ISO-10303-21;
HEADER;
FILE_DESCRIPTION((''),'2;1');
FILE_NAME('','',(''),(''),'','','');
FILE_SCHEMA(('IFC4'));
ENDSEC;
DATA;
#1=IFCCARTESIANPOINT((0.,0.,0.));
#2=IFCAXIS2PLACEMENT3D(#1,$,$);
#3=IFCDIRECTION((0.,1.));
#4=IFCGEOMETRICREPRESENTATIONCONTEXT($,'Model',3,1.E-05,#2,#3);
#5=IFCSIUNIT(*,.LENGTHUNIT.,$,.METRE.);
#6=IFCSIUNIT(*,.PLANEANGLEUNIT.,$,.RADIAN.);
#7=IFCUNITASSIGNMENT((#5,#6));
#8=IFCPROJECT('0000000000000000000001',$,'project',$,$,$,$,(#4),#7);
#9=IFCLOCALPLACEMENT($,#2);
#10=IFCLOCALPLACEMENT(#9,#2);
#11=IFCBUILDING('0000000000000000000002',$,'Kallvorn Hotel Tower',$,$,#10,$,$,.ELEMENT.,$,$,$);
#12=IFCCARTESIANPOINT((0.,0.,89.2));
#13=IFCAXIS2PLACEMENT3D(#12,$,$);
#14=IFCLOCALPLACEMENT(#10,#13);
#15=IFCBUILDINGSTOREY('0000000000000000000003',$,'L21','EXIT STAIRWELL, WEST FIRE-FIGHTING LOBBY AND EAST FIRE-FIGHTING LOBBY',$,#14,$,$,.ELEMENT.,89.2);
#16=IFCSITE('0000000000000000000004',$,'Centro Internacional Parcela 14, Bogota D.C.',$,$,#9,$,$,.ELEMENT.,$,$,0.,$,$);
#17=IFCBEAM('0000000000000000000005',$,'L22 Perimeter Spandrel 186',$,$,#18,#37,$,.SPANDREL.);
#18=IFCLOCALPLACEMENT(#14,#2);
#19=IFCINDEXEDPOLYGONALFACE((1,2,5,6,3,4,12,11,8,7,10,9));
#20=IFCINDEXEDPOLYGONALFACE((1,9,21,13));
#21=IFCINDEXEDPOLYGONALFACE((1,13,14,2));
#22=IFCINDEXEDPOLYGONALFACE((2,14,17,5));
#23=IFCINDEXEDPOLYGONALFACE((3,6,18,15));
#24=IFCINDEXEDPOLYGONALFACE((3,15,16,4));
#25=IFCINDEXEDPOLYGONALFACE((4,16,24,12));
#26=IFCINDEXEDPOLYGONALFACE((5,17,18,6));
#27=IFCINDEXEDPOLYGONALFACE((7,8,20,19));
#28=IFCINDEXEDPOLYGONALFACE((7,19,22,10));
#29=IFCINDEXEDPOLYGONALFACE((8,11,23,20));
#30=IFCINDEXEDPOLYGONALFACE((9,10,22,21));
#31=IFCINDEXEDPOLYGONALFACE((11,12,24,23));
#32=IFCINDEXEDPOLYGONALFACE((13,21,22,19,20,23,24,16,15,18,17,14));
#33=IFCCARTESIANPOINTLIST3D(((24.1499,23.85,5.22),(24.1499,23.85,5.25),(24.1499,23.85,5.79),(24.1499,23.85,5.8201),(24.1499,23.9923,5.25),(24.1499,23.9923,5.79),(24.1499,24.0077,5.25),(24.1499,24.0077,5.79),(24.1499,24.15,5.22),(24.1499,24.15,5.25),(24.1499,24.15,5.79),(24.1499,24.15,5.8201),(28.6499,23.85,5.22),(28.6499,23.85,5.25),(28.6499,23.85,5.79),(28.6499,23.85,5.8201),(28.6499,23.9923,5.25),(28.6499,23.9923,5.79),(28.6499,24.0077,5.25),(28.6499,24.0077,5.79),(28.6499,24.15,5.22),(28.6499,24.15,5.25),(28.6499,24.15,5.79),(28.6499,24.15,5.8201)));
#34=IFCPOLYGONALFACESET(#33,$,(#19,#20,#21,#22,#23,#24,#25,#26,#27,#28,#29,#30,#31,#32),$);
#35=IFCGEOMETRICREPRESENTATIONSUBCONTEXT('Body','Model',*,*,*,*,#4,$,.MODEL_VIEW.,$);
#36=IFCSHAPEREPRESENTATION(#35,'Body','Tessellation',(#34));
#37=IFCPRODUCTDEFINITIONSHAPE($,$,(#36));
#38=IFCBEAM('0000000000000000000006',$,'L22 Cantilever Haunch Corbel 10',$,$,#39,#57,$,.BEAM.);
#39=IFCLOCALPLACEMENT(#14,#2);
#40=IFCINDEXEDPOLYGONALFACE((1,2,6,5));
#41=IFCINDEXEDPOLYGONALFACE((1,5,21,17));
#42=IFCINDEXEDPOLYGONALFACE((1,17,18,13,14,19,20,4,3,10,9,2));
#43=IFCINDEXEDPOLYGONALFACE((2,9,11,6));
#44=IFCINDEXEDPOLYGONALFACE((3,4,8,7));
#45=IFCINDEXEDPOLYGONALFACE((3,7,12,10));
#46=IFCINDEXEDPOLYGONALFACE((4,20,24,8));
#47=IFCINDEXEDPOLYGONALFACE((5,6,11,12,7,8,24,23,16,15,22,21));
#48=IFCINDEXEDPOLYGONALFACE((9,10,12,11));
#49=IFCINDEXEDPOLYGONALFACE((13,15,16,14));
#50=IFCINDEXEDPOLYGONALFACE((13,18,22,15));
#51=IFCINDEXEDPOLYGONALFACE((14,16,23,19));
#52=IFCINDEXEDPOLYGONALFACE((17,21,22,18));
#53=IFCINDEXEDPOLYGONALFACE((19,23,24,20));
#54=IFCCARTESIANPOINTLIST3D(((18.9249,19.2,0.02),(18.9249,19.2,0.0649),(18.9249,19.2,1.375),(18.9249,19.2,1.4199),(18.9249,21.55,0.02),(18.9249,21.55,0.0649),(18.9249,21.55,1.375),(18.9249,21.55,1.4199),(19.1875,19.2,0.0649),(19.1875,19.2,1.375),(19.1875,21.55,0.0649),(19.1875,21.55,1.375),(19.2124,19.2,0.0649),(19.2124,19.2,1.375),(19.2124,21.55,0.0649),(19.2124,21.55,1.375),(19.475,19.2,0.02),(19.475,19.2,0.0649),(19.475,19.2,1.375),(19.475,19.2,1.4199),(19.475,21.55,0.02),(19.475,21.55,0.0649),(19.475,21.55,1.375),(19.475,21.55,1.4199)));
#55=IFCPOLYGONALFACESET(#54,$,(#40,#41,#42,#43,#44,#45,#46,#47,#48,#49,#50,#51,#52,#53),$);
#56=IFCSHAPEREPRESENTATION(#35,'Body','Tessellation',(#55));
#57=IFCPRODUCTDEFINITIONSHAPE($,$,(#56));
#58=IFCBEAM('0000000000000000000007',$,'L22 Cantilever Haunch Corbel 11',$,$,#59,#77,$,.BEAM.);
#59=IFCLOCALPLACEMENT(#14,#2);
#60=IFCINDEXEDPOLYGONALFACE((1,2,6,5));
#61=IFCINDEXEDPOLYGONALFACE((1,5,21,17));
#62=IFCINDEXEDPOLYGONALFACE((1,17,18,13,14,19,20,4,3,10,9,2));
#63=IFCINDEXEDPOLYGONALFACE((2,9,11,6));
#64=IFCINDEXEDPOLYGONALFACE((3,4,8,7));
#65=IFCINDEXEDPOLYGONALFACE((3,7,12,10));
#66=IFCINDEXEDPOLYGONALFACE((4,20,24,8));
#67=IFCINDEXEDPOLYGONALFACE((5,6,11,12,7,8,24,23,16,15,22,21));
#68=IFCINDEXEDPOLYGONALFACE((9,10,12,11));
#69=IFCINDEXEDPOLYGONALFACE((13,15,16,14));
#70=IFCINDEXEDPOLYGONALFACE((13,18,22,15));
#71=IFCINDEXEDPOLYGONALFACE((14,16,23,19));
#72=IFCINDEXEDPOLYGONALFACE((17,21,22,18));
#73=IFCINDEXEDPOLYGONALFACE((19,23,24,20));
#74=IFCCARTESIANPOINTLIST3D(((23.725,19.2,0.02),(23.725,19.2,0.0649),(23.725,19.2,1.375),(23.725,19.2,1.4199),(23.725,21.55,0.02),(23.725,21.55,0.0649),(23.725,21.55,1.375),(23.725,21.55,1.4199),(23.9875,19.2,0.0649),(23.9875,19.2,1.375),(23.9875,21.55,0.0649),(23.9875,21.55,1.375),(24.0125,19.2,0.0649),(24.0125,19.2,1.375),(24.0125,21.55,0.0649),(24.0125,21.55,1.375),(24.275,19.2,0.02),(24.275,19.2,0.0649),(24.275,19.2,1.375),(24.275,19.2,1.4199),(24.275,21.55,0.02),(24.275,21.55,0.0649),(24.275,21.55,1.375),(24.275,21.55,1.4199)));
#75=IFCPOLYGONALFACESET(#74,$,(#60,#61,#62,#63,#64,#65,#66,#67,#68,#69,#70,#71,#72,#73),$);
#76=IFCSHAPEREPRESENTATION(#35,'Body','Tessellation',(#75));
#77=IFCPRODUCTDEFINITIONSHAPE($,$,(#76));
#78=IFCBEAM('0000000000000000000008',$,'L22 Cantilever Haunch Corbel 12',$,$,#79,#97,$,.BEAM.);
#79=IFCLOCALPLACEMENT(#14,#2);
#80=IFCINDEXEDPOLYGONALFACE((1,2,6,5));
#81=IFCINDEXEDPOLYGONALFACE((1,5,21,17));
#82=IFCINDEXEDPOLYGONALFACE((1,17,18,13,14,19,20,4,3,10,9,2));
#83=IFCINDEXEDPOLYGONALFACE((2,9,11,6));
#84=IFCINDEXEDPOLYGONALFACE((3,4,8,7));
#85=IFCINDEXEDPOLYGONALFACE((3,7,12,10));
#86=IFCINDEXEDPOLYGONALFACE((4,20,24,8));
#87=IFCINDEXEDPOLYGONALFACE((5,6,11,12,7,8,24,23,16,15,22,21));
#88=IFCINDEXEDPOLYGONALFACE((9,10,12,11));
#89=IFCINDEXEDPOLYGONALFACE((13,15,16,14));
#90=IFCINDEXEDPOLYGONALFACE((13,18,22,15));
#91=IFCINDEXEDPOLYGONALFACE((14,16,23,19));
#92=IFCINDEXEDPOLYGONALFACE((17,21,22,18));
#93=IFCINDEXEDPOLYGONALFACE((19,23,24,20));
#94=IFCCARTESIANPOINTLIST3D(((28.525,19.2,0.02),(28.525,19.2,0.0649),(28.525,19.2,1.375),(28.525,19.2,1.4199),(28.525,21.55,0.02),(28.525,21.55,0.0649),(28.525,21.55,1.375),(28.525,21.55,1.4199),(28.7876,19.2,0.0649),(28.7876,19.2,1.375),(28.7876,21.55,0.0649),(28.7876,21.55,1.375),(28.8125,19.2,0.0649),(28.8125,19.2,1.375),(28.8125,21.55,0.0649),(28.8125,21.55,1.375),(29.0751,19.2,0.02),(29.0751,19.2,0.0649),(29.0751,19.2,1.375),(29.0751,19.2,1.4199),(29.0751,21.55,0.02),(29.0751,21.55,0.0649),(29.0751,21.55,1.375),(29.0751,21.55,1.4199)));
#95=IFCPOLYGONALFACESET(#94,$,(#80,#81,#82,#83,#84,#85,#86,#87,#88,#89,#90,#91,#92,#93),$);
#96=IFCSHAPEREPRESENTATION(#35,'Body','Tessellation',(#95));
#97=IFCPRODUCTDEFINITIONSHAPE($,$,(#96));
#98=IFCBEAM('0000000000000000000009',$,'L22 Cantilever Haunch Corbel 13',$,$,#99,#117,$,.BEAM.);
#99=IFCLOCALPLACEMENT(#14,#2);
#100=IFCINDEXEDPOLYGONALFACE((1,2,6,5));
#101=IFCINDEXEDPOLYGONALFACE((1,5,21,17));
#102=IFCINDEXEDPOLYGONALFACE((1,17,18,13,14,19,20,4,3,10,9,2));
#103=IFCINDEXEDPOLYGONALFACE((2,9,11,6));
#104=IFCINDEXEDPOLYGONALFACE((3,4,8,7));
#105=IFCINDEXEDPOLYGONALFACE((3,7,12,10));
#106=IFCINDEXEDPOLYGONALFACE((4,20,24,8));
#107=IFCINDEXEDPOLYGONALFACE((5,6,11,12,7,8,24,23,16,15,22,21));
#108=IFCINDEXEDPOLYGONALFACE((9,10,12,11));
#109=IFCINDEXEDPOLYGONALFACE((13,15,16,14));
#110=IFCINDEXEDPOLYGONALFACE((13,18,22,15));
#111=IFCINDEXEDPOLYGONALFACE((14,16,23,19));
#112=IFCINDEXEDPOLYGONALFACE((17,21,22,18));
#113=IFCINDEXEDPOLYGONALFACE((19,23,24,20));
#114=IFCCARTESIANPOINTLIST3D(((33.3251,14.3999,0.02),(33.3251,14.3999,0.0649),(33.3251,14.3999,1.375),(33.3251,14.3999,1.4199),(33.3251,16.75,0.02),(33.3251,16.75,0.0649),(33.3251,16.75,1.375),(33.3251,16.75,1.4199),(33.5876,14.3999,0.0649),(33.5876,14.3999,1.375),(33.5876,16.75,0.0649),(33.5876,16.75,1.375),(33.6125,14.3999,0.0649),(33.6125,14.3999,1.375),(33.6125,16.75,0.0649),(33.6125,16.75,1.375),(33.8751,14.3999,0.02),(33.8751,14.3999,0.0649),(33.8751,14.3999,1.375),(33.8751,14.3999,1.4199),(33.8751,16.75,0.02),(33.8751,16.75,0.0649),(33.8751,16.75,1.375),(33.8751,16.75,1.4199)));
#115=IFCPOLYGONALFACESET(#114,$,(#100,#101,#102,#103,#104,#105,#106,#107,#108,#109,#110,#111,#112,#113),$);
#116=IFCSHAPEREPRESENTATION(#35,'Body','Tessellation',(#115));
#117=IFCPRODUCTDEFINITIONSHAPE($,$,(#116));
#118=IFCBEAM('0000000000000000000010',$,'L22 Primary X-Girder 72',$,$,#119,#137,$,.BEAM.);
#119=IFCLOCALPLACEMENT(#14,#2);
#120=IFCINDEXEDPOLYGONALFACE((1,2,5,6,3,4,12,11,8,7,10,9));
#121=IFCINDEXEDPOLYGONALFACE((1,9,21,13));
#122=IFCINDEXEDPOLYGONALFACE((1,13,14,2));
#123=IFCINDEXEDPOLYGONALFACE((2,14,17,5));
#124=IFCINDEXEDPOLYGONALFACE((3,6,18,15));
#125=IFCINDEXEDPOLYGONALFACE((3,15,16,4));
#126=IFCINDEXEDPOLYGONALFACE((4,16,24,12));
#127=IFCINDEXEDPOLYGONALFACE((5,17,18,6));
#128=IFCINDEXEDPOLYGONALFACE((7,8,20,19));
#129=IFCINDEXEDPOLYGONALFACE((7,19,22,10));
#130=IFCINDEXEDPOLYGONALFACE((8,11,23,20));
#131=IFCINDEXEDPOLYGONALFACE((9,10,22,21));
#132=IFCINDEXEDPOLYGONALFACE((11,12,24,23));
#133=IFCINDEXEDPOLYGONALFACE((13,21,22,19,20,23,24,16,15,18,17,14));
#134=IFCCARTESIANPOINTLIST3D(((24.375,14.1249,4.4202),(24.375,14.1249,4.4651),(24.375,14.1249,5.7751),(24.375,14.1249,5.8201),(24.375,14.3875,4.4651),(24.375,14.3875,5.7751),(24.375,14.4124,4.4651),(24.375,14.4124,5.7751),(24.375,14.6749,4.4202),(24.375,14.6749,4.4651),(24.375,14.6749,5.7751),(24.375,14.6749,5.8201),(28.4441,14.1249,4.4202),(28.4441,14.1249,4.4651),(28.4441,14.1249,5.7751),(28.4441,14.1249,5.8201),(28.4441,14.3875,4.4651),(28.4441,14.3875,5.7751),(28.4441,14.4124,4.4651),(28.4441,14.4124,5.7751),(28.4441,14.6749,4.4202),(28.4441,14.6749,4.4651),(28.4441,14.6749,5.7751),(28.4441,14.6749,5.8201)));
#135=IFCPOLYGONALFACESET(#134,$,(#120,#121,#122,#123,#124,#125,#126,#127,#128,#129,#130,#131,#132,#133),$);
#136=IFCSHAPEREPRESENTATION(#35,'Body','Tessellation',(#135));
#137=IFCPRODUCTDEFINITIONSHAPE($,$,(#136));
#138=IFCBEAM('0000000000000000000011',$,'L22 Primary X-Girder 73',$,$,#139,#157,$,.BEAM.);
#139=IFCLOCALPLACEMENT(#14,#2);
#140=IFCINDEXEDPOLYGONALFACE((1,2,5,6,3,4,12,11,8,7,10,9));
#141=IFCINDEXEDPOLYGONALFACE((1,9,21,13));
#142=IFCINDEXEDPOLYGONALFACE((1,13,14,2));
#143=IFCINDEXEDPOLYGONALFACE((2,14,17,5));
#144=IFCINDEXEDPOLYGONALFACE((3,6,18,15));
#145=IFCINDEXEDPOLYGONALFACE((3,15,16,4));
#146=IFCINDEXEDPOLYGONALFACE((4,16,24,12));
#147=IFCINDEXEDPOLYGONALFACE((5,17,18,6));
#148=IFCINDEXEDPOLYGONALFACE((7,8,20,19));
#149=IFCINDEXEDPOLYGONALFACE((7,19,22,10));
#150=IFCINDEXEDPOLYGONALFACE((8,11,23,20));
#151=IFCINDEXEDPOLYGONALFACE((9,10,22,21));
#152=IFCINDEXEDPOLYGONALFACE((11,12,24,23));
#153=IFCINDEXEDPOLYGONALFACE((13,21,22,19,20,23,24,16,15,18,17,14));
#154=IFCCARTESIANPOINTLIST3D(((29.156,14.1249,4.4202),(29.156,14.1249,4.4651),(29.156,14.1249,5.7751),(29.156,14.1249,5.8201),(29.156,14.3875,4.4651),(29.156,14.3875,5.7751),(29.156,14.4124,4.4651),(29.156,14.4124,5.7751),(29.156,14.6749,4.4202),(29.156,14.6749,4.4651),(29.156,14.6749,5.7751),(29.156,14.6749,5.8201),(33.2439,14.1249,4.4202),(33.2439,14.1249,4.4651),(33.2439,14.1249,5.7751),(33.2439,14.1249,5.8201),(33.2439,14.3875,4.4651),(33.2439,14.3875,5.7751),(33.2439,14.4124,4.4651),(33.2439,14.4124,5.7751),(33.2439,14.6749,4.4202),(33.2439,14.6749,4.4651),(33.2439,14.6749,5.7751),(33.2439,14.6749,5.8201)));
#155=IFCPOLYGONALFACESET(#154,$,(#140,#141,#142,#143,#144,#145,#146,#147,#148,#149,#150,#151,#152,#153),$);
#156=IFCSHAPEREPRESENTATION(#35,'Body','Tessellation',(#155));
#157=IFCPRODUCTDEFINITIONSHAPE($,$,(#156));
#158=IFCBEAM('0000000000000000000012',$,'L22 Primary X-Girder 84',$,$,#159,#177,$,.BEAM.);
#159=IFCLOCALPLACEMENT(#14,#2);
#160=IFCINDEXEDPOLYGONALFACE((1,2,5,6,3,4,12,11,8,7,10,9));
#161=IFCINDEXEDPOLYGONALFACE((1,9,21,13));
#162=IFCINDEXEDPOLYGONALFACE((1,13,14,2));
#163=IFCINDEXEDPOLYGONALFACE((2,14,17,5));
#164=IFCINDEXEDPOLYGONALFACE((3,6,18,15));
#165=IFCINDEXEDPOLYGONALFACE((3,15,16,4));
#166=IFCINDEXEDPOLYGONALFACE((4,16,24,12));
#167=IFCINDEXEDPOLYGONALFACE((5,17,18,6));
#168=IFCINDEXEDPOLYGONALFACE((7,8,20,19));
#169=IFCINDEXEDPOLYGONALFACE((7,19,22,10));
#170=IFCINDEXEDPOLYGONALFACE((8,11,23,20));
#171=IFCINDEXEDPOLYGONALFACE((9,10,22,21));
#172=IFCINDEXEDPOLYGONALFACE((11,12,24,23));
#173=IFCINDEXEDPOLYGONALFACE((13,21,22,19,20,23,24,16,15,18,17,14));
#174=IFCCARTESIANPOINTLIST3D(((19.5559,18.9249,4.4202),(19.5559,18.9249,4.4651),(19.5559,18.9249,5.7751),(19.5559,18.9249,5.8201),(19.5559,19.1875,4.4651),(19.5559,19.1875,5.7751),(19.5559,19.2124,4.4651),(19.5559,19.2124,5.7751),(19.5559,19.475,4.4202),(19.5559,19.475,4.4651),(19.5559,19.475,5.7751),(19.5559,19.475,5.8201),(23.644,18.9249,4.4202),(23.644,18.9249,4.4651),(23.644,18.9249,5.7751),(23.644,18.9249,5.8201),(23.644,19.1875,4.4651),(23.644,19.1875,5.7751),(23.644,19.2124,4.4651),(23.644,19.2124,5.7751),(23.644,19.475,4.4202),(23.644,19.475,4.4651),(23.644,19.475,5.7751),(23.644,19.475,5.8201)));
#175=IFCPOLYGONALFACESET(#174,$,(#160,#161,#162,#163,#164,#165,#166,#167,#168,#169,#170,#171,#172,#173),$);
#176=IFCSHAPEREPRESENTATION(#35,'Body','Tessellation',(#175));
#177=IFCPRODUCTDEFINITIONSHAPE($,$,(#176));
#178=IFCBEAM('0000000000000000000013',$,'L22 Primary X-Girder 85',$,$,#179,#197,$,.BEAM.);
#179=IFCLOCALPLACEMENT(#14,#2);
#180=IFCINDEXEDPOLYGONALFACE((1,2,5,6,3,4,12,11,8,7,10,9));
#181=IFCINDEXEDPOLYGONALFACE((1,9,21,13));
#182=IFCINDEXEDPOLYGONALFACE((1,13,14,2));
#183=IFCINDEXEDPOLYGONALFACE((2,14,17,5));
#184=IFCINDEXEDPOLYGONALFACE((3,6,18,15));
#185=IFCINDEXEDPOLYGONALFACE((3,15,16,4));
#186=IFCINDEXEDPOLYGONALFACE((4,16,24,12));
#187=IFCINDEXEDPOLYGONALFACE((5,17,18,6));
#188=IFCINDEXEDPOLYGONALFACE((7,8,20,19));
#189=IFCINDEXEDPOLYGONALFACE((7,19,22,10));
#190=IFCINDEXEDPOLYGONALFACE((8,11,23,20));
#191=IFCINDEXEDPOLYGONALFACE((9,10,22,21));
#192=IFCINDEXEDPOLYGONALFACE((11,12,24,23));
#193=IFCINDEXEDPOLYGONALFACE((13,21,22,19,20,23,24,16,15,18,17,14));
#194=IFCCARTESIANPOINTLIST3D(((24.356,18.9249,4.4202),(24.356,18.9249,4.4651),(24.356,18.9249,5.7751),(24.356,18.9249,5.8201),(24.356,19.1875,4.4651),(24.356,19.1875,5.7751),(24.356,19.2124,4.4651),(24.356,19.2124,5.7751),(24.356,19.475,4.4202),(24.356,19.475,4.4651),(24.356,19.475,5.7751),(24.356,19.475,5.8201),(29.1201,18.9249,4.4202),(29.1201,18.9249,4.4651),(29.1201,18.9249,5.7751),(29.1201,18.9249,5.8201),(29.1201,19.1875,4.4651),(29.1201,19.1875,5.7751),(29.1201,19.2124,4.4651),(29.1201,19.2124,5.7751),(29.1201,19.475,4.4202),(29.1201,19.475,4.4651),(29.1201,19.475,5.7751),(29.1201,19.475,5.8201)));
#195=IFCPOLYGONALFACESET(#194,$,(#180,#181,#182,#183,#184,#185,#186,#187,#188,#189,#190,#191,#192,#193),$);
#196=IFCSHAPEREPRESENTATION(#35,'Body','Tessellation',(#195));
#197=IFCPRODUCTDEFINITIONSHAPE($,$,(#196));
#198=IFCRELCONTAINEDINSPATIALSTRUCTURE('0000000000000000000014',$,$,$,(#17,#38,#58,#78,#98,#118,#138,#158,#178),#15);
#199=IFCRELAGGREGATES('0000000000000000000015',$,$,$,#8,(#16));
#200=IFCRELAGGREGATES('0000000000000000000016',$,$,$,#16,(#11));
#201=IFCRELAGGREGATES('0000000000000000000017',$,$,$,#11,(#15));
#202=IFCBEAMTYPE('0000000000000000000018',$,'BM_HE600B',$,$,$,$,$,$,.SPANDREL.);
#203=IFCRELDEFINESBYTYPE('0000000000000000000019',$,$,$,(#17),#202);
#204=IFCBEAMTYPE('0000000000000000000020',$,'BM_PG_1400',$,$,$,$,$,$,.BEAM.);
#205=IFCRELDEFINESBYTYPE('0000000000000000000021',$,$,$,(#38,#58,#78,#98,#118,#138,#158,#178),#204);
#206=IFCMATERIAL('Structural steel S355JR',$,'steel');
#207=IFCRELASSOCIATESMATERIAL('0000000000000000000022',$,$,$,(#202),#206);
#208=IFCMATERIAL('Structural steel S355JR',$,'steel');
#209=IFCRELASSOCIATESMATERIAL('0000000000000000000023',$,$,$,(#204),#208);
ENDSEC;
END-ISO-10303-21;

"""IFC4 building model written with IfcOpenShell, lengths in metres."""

from ifc_helpers import new_model, si_unit, direction, frame, origin, origin_2d, place, context, subcontext, project, spatial, i_section, extrude, material, material_profile, profile_set, type_object, element, save


model = new_model("IFC4")

# Units and contexts
model_context = context("Model", 3, precision=1e-05, world=origin(), true_north=direction((0.0, 1.0)))
body_context = subcontext(model_context, "Body", "Model", "MODEL_VIEW")
ifc_project = project(units=[si_unit("LENGTHUNIT", "METRE"), si_unit("PLANEANGLEUNIT", "RADIAN")], contexts=[model_context])

# Site, building, storey
site_placement = place(None, origin())
site = spatial("IfcSite", under=ifc_project, at=site_placement, Name="Centro Internacional Parcela 14, Bogota D.C.", CompositionType="ELEMENT", RefElevation=0.0)
building_placement = place(site_placement, origin())
building = spatial("IfcBuilding", under=site, at=building_placement, Name="Kallvorn Hotel Tower", CompositionType="ELEMENT")
storey_placement = place(building_placement, frame((0.0, 0.0, 89.2)))
storey = spatial("IfcBuildingStorey", under=building, at=storey_placement, Name="L21", Description="EXIT STAIRWELL, WEST FIRE-FIGHTING LOBBY AND EAST FIRE-FIGHTING LOBBY", CompositionType="ELEMENT", Elevation=89.2)

# Beams
ifc_material_1 = material(Name="Structural steel S355JR", Category="steel")
ifc_material_profile_1 = material_profile(ifc_material_1, i_section(OverallWidth=0.3, OverallDepth=0.6001, WebThickness=0.0154, FlangeThickness=0.03, at=origin_2d()), Name="HE 600 B")
ifc_profile_set_1 = profile_set([ifc_material_profile_1], Name="Structural steel S355JR")
beam_type_1 = type_object("IfcBeamType", Name="BM_HE600B", PredefinedType="SPANDREL", material=ifc_profile_set_1)
for number, where, z_axis, x_axis, name in (
    (1, (24.1499, 24.0, 5.52), (1.0, 0.0, 0.0), (0.0, 1.0, 0.0), "L22 Perimeter Spandrel 186"),
):
    element("IfcBeam", number, at=place(storey_placement, frame(where, z_axis=z_axis, x_axis=x_axis)), inside=storey, type_object=beam_type_1, Name=name, PredefinedType="SPANDREL", context=body_context, shape_type="SweptSolid", body=[
        extrude(i_section(OverallWidth=0.3, OverallDepth=0.6001, WebThickness=0.0154, FlangeThickness=0.03, at=origin_2d()), origin(), (0.0, 0.0, 1.0), 4.5),
    ])
ifc_material_2 = material(Name="Structural steel S355JR", Category="steel")
ifc_material_profile_2 = material_profile(ifc_material_2, i_section(OverallWidth=0.55, OverallDepth=1.3999, WebThickness=0.0249, FlangeThickness=0.0449, at=origin_2d()), Name="PG 1400x550x25x45")
ifc_profile_set_2 = profile_set([ifc_material_profile_2], Name="Structural steel S355JR")
beam_type_2 = type_object("IfcBeamType", Name="BM_PG_1400", PredefinedType="BEAM", material=ifc_profile_set_2)
for number, where, z_axis, x_axis, name in (
    (2, (19.2, 19.2, 0.72), (0.0, 1.0, 0.0), (-1.0, 0.0, 0.0), "L22 Cantilever Haunch Corbel 10"),
    (3, (24.0, 19.2, 0.72), (0.0, 1.0, 0.0), (-1.0, 0.0, 0.0), "L22 Cantilever Haunch Corbel 11"),
    (4, (28.8, 19.2, 0.72), (0.0, 1.0, 0.0), (-1.0, 0.0, 0.0), "L22 Cantilever Haunch Corbel 12"),
    (5, (33.6001, 14.3999, 0.72), (0.0, 1.0, 0.0), (-1.0, 0.0, 0.0), "L22 Cantilever Haunch Corbel 13"),
):
    element("IfcBeam", number, at=place(storey_placement, frame(where, z_axis=z_axis, x_axis=x_axis)), inside=storey, type_object=beam_type_2, Name=name, PredefinedType="BEAM", context=body_context, shape_type="SweptSolid", body=[
        extrude(i_section(OverallWidth=0.55, OverallDepth=1.3999, WebThickness=0.0249, FlangeThickness=0.0449, at=origin_2d()), origin(), (0.0, 0.0, 1.0), 2.3501),
    ])
beam_1_placement = place(storey_placement, frame((24.375, 14.3999, 5.1201), z_axis=(1.0, 0.0, 0.0), x_axis=(0.0, 1.0, 0.0)))
element("IfcBeam", 6, at=beam_1_placement, inside=storey, type_object=beam_type_2, Name="L22 Primary X-Girder 72", PredefinedType="BEAM", context=body_context, shape_type="SweptSolid", body=[
    extrude(i_section(OverallWidth=0.55, OverallDepth=1.3999, WebThickness=0.0249, FlangeThickness=0.0449, at=origin_2d()), origin(), (0.0, 0.0, 1.0), 4.0691),
])
beam_2_placement = place(storey_placement, frame((29.156, 14.3999, 5.1201), z_axis=(1.0, 0.0, 0.0), x_axis=(0.0, 1.0, 0.0)))
element("IfcBeam", 7, at=beam_2_placement, inside=storey, type_object=beam_type_2, Name="L22 Primary X-Girder 73", PredefinedType="BEAM", context=body_context, shape_type="SweptSolid", body=[
    extrude(i_section(OverallWidth=0.55, OverallDepth=1.3999, WebThickness=0.0249, FlangeThickness=0.0449, at=origin_2d()), origin(), (0.0, 0.0, 1.0), 4.0879),
])
beam_3_placement = place(storey_placement, frame((19.5559, 19.2, 5.1201), z_axis=(1.0, 0.0, 0.0), x_axis=(0.0, 1.0, 0.0)))
element("IfcBeam", 8, at=beam_3_placement, inside=storey, type_object=beam_type_2, Name="L22 Primary X-Girder 84", PredefinedType="BEAM", context=body_context, shape_type="SweptSolid", body=[
    extrude(i_section(OverallWidth=0.55, OverallDepth=1.3999, WebThickness=0.0249, FlangeThickness=0.0449, at=origin_2d()), origin(), (0.0, 0.0, 1.0), 4.0881),
])
beam_4_placement = place(storey_placement, frame((24.356, 19.2, 5.1201), z_axis=(1.0, 0.0, 0.0), x_axis=(0.0, 1.0, 0.0)))
element("IfcBeam", 9, at=beam_4_placement, inside=storey, type_object=beam_type_2, Name="L22 Primary X-Girder 85", PredefinedType="BEAM", context=body_context, shape_type="SweptSolid", body=[
    extrude(i_section(OverallWidth=0.55, OverallDepth=1.3999, WebThickness=0.0249, FlangeThickness=0.0449, at=origin_2d()), origin(), (0.0, 0.0, 1.0), 4.7642),
])

save(model, "model.ifc")
